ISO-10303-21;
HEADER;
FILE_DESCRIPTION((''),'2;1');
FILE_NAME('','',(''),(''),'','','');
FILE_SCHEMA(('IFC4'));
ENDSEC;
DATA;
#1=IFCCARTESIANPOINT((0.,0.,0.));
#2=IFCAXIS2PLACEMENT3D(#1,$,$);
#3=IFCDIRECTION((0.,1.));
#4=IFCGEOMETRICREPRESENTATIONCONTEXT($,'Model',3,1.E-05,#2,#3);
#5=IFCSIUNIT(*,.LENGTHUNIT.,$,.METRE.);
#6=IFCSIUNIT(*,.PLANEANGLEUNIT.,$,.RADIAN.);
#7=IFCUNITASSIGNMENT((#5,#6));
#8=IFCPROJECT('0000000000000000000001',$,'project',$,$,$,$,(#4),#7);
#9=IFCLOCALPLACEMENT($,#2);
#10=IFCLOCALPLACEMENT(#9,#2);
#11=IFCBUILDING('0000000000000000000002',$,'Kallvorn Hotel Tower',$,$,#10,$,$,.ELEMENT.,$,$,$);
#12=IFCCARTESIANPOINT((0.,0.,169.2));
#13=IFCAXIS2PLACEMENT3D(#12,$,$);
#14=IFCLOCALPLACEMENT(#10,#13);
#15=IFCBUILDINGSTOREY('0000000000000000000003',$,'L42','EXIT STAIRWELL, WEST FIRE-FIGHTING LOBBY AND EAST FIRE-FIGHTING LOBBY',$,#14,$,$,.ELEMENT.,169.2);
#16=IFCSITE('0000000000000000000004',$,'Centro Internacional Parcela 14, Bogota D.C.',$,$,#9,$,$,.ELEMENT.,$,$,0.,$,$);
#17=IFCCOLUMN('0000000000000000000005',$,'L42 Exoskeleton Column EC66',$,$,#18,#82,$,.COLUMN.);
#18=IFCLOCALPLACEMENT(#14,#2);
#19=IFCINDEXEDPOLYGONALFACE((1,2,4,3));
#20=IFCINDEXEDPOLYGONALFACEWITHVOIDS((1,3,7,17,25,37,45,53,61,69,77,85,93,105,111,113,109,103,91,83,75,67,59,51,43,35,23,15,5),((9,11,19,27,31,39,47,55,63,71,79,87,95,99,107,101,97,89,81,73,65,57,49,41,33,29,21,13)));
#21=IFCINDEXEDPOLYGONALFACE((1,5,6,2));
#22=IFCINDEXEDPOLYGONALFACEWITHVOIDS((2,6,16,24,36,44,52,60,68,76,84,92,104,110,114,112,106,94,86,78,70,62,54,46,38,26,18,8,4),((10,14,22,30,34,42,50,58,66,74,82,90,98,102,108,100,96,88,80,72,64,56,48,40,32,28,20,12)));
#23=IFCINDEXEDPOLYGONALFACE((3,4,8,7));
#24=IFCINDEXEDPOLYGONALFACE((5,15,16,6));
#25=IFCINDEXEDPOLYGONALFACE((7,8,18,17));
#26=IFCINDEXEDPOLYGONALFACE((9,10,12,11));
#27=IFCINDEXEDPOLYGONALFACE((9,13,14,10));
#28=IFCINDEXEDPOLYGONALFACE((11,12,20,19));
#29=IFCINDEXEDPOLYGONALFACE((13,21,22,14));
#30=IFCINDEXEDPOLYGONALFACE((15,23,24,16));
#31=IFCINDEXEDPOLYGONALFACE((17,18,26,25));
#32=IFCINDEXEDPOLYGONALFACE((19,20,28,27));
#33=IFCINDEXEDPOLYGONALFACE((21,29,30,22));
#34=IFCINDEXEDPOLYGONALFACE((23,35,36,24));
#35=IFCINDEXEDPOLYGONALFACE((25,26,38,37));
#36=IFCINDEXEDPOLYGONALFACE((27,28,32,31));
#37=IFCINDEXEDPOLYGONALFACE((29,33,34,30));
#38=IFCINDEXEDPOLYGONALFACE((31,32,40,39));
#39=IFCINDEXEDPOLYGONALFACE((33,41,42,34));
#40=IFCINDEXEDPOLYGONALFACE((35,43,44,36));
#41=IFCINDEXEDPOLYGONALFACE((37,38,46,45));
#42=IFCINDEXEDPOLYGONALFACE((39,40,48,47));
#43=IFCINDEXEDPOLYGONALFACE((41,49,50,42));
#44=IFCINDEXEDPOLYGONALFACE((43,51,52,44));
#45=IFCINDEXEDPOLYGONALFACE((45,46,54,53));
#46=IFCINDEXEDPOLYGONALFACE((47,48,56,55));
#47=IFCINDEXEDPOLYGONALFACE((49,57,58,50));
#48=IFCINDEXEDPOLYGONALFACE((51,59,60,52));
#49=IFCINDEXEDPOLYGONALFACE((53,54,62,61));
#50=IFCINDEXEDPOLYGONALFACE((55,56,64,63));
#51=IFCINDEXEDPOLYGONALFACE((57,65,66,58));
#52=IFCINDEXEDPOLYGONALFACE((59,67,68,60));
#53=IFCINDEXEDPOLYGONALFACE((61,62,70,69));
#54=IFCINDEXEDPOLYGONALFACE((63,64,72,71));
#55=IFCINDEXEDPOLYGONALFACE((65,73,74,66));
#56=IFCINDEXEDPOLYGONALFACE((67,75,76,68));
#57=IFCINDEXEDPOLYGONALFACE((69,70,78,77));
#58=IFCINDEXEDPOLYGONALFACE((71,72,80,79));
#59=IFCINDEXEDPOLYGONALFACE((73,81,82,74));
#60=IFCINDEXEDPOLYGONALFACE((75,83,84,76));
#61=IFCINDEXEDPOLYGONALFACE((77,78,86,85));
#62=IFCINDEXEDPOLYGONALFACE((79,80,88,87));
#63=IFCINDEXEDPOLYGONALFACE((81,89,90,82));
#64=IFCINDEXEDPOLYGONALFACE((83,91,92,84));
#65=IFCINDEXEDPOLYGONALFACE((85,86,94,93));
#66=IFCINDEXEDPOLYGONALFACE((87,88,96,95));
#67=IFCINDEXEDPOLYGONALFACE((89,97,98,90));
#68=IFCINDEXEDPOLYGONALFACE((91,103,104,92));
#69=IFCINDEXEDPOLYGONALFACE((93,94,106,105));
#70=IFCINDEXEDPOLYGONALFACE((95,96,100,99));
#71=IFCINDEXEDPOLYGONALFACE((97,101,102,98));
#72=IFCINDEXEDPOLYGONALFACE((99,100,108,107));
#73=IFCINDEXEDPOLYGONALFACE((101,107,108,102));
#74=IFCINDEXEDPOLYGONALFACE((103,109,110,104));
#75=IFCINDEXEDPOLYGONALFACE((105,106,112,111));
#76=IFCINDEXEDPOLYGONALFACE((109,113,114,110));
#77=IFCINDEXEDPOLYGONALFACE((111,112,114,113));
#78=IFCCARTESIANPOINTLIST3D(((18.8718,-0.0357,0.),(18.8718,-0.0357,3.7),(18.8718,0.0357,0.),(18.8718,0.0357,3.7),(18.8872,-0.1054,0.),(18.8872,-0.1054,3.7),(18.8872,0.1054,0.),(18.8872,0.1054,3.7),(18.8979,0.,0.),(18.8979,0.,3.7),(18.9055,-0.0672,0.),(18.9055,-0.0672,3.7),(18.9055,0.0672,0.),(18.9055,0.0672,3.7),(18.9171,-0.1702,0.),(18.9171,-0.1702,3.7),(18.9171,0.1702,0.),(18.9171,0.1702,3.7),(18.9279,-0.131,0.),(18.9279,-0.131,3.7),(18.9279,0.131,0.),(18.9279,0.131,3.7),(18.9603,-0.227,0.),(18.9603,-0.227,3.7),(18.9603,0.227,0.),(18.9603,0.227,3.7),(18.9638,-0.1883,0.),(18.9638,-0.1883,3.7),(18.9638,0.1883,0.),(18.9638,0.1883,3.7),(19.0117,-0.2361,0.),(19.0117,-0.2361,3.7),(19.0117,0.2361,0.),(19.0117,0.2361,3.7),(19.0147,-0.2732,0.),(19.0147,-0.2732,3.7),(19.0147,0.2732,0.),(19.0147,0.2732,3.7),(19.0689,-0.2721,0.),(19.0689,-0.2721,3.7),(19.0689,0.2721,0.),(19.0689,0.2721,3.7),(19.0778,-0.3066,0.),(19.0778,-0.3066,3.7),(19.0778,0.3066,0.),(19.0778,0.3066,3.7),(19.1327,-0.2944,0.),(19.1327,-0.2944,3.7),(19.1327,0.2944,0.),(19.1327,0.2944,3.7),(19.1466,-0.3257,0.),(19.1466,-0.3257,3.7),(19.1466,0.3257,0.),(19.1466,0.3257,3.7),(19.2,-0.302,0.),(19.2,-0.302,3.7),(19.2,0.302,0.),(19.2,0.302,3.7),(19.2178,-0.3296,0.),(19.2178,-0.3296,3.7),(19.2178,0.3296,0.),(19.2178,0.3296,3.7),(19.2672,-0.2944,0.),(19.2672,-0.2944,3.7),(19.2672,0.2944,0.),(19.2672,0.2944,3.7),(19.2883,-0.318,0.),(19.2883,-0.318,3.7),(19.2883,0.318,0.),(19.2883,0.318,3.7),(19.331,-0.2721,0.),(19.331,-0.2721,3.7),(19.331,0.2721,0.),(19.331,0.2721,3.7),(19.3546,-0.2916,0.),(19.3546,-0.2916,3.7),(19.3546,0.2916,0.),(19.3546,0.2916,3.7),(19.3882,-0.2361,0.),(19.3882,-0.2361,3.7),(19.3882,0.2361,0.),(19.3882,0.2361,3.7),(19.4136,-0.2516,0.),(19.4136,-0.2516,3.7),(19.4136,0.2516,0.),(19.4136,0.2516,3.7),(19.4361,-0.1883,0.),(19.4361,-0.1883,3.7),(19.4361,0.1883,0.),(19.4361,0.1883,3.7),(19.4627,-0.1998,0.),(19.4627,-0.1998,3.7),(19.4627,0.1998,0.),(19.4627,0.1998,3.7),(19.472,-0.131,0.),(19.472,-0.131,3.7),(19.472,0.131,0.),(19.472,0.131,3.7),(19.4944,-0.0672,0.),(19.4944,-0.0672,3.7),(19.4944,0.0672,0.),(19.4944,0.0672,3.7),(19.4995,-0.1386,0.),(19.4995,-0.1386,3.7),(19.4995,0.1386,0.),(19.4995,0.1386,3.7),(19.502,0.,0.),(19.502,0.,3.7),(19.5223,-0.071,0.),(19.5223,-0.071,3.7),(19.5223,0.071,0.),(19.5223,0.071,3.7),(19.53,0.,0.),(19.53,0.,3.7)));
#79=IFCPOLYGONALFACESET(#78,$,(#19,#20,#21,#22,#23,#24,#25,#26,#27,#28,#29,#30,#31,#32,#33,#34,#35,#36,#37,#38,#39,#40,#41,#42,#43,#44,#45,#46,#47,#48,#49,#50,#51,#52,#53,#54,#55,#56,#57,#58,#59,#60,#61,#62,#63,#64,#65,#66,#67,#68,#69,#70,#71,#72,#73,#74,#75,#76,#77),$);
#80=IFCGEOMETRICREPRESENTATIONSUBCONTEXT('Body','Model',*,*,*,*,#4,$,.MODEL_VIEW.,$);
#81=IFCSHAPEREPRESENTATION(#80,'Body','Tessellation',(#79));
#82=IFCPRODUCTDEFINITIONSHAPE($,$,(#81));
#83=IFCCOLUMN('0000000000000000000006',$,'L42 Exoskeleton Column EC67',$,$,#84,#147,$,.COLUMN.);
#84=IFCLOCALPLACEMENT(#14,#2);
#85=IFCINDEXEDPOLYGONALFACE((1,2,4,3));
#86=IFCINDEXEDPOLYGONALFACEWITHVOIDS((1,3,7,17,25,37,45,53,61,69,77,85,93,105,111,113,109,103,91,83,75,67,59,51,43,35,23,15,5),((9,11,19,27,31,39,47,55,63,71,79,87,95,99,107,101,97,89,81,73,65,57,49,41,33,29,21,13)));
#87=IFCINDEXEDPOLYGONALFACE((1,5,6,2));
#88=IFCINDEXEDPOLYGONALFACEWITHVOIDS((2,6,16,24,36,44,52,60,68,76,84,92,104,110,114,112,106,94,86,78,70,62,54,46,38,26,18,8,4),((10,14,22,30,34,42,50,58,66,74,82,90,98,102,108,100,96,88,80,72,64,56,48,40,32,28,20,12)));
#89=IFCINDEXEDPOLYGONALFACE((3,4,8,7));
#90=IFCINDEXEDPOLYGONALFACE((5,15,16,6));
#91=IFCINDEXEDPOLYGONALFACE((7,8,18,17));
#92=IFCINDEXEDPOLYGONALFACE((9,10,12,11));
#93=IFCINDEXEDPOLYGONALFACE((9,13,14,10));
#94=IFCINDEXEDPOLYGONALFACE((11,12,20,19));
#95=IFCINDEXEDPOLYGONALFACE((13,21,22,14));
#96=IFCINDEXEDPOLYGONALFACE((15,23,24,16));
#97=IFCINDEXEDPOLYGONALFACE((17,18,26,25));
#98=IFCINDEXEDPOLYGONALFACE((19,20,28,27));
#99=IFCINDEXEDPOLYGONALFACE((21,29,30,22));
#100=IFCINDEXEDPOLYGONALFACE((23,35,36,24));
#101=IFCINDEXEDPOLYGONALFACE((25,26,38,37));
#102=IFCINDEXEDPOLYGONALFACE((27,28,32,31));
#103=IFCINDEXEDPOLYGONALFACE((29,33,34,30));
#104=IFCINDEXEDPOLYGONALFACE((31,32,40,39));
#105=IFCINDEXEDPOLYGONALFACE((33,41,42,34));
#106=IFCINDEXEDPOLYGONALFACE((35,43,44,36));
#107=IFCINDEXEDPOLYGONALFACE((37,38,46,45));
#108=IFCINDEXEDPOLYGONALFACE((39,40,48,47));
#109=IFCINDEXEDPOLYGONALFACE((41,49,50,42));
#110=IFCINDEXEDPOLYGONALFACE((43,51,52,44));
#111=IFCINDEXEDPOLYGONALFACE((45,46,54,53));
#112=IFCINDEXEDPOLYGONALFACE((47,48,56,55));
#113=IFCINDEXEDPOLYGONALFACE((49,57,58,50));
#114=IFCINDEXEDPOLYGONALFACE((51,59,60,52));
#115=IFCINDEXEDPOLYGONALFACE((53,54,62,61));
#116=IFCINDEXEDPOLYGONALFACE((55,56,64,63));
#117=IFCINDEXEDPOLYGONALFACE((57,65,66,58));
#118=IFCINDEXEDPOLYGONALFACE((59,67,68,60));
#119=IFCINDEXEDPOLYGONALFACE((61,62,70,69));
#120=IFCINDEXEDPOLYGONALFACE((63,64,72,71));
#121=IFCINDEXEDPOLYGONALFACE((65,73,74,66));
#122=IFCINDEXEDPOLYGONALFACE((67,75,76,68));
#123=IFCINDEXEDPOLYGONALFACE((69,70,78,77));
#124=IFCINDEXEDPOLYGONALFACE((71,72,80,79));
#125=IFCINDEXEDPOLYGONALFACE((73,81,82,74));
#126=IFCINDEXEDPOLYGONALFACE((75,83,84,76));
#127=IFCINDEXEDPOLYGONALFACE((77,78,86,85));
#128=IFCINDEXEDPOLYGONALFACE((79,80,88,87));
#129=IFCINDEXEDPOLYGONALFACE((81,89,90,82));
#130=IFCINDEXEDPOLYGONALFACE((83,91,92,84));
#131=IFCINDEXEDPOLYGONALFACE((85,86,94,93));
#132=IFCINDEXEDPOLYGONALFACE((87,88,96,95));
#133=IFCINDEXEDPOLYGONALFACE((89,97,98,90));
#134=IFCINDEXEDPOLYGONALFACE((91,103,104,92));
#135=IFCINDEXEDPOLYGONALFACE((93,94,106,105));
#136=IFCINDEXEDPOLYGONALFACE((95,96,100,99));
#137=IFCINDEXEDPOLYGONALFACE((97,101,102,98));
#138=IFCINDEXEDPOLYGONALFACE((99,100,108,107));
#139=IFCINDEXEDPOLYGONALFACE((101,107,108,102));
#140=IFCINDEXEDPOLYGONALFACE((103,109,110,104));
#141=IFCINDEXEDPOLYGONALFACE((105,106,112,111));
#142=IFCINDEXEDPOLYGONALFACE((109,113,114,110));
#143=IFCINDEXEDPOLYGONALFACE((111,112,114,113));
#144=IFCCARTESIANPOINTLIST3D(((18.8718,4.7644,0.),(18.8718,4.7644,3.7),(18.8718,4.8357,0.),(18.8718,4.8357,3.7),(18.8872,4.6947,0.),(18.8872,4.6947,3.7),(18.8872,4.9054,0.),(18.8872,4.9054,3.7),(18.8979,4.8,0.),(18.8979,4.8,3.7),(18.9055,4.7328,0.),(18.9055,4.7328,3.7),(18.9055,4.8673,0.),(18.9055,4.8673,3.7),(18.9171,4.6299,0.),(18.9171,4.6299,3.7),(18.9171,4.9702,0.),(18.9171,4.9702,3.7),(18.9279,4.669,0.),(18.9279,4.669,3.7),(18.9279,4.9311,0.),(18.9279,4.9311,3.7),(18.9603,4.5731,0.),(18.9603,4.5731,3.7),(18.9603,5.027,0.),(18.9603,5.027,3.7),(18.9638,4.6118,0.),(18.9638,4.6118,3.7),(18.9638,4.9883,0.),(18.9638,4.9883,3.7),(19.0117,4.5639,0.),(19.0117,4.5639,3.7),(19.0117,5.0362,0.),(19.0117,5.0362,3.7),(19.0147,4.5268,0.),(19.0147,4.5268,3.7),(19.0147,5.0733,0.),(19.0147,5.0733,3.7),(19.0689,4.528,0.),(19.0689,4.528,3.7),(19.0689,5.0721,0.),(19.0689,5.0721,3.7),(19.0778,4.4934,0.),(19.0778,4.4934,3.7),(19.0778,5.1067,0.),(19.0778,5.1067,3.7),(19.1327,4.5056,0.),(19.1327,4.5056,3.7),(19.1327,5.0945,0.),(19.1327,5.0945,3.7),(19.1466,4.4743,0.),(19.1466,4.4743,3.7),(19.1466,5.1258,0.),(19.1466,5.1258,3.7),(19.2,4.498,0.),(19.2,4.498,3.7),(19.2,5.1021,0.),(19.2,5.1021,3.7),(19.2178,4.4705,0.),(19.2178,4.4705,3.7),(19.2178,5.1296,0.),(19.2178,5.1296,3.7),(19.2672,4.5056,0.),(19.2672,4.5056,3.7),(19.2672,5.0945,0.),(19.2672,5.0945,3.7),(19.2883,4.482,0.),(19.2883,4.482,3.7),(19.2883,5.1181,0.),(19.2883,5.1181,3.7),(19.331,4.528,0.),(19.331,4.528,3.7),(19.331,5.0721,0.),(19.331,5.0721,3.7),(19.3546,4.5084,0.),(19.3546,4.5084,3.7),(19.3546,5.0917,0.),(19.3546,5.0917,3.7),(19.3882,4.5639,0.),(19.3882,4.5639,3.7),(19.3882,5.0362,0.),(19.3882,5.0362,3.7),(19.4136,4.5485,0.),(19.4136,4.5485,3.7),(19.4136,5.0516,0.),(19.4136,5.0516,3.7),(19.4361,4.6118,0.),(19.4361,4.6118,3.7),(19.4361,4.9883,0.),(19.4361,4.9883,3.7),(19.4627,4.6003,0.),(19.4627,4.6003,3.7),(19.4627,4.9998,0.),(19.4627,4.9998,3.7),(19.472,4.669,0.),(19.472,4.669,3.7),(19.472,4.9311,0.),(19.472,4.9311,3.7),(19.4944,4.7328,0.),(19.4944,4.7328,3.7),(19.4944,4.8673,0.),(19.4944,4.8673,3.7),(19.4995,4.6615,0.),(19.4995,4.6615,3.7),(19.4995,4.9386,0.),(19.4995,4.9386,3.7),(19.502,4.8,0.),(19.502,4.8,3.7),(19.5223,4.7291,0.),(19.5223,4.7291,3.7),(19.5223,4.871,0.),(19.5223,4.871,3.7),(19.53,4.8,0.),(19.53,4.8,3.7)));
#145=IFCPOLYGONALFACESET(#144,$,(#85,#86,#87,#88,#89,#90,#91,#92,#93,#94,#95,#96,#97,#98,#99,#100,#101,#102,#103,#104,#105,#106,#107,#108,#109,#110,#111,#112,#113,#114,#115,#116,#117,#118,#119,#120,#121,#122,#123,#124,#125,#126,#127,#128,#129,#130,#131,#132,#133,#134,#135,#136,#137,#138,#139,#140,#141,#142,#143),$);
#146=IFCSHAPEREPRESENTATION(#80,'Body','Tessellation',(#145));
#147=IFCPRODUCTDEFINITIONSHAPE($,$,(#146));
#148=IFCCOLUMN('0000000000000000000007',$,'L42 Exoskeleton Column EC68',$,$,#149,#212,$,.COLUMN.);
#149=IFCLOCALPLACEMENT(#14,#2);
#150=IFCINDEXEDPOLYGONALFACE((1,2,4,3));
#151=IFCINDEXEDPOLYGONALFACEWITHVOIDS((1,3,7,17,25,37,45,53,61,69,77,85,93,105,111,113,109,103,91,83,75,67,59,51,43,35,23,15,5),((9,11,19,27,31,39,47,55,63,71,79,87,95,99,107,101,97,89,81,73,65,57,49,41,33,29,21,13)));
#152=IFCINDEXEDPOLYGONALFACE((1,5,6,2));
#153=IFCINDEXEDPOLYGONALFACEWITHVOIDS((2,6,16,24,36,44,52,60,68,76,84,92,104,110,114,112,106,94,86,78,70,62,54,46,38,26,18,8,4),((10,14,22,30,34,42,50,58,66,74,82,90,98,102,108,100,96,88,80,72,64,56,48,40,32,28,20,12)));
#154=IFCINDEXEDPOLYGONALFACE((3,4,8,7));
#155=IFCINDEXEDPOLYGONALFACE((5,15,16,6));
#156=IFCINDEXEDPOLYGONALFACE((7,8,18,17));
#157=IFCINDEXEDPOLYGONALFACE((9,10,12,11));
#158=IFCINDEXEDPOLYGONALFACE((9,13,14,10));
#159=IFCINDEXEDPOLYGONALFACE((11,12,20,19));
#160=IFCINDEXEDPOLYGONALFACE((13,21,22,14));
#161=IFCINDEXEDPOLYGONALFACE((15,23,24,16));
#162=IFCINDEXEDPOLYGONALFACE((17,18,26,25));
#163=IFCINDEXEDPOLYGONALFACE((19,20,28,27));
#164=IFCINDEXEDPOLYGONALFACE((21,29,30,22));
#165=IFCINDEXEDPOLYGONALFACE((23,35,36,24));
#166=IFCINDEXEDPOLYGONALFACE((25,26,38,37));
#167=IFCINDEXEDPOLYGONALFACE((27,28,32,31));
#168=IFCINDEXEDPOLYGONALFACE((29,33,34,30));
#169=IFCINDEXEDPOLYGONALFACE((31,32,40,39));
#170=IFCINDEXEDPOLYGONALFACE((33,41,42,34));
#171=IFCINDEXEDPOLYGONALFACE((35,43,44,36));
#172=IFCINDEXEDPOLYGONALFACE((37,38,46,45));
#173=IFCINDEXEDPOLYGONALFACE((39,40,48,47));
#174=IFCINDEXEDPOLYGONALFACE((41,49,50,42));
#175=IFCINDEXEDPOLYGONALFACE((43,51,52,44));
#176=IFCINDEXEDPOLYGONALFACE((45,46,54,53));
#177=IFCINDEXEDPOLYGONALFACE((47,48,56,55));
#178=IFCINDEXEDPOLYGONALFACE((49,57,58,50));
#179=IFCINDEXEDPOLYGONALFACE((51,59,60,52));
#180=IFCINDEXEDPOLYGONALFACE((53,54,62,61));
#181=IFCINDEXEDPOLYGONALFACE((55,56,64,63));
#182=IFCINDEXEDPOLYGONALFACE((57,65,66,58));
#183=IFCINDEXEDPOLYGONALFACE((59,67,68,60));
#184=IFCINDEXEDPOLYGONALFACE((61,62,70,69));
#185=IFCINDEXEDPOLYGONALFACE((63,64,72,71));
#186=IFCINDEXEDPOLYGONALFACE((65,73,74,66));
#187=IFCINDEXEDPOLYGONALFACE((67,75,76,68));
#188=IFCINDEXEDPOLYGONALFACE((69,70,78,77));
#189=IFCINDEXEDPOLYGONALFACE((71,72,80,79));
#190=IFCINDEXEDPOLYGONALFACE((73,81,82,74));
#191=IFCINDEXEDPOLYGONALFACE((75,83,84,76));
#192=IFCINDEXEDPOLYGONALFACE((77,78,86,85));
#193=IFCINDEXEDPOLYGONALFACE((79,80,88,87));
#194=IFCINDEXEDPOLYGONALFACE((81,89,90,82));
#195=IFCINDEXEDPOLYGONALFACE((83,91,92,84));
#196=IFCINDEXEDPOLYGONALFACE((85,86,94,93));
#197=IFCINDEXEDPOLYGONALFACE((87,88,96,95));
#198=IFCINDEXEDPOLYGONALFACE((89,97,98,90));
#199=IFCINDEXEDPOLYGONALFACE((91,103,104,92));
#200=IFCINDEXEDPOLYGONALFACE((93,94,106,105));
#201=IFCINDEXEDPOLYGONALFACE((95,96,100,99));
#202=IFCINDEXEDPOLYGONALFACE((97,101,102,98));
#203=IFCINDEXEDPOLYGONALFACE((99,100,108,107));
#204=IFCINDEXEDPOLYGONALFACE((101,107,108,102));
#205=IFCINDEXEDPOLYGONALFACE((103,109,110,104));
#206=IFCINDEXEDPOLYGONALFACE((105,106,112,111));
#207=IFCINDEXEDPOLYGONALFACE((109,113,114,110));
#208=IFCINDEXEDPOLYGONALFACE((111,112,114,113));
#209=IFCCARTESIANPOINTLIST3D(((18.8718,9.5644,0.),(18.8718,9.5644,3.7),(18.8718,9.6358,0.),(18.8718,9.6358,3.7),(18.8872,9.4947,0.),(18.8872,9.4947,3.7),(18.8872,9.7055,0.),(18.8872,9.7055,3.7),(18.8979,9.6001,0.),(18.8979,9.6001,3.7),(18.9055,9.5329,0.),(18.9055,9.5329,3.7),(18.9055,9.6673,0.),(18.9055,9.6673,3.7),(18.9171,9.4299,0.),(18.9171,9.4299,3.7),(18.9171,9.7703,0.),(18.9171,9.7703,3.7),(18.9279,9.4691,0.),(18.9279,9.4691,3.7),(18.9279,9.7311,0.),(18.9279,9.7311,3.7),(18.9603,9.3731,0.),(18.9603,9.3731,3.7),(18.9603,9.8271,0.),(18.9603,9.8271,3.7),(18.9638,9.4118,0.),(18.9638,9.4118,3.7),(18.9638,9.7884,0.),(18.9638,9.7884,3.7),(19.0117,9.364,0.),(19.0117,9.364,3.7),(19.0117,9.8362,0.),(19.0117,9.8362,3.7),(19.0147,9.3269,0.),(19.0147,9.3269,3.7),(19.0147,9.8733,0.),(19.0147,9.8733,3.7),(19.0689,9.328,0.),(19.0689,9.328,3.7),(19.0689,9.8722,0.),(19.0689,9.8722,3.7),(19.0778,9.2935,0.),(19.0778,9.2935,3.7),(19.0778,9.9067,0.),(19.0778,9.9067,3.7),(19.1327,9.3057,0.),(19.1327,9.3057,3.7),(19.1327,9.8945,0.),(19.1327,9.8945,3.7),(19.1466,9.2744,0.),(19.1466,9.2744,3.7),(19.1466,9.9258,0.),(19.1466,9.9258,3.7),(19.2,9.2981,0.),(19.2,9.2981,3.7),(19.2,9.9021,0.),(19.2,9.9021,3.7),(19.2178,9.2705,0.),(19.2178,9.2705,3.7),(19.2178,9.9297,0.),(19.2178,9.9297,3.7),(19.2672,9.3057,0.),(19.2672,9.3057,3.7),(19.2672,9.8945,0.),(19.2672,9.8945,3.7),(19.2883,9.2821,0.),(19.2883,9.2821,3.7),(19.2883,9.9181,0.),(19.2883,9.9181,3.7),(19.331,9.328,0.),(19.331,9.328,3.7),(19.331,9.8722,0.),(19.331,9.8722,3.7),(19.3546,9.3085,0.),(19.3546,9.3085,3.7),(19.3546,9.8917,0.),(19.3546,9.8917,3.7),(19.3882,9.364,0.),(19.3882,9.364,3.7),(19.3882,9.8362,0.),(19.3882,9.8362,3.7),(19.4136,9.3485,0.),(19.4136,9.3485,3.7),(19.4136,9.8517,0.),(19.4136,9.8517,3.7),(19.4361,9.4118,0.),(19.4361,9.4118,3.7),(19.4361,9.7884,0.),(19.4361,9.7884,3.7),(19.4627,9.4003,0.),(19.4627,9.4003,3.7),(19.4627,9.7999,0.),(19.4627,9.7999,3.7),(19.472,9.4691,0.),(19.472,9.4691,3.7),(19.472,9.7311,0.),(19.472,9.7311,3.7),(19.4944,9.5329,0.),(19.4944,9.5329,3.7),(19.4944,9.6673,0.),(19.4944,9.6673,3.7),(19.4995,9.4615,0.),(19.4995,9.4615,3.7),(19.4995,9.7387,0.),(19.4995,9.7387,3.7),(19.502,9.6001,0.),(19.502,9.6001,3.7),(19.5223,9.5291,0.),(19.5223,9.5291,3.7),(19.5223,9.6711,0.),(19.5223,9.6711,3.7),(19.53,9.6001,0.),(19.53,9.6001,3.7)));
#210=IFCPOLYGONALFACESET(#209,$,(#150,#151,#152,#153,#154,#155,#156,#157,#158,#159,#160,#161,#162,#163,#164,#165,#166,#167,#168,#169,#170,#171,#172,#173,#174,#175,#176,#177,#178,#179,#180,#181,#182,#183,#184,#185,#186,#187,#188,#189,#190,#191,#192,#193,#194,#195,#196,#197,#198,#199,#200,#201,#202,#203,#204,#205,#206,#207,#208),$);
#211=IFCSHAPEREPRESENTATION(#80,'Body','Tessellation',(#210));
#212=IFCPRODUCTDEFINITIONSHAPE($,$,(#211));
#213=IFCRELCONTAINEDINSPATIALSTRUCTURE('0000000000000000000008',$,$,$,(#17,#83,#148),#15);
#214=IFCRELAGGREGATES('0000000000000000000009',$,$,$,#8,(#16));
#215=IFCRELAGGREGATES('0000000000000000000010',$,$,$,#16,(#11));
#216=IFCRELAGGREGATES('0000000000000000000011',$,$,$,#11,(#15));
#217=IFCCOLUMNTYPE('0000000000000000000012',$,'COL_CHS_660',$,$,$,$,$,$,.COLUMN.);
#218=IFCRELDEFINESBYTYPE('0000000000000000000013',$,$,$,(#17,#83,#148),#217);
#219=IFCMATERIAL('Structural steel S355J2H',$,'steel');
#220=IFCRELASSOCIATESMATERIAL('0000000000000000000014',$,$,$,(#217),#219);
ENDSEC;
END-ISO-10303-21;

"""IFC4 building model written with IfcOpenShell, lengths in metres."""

from ifc_helpers import new_model, si_unit, direction, frame, origin, origin_2d, place, context, subcontext, project, spatial, hollow_circle, extrude, material, material_profile, profile_set, type_object, element, save


model = new_model("IFC4")

# Units and contexts
model_context = context("Model", 3, precision=1e-05, world=origin(), true_north=direction((0.0, 1.0)))
body_context = subcontext(model_context, "Body", "Model", "MODEL_VIEW")
ifc_project = project(units=[si_unit("LENGTHUNIT", "METRE"), si_unit("PLANEANGLEUNIT", "RADIAN")], contexts=[model_context])

# Site, building, storey
site_placement = place(None, origin())
site = spatial("IfcSite", under=ifc_project, at=site_placement, Name="Centro Internacional Parcela 14, Bogota D.C.", CompositionType="ELEMENT", RefElevation=0.0)
building_placement = place(site_placement, origin())
building = spatial("IfcBuilding", under=site, at=building_placement, Name="Kallvorn Hotel Tower", CompositionType="ELEMENT")
storey_placement = place(building_placement, frame((0.0, 0.0, 169.2)))
storey = spatial("IfcBuildingStorey", under=building, at=storey_placement, Name="L42", Description="EXIT STAIRWELL, WEST FIRE-FIGHTING LOBBY AND EAST FIRE-FIGHTING LOBBY", CompositionType="ELEMENT", Elevation=169.2)

# Columns
ifc_material_1 = material(Name="Structural steel S355J2H", Category="steel")
ifc_material_profile_1 = material_profile(ifc_material_1, hollow_circle(Radius=0.3301, WallThickness=0.0281, at=origin_2d()), Name="CHS 660x28")
ifc_profile_set_1 = profile_set([ifc_material_profile_1], Name="Structural steel S355J2H")
column_type_1 = type_object("IfcColumnType", Name="COL_CHS_660", PredefinedType="COLUMN", material=ifc_profile_set_1)
for number, where, z_axis, x_axis, name in (
    (1, (19.2, 0.0, 0.0), (0.0, 0.0, 1.0), (1.0, 0.0, 0.0), "L42 Exoskeleton Column EC66"),
    (2, (19.2, 4.8, 0.0), (0.0, 0.0, 1.0), (1.0, 0.0, 0.0), "L42 Exoskeleton Column EC67"),
    (3, (19.2, 9.6001, 0.0), (0.0, 0.0, 1.0), (1.0, 0.0, 0.0), "L42 Exoskeleton Column EC68"),
):
    element("IfcColumn", number, at=place(storey_placement, frame(where, z_axis=z_axis, x_axis=x_axis)), inside=storey, type_object=column_type_1, Name=name, PredefinedType="COLUMN", context=body_context, shape_type="SweptSolid", body=[
        extrude(hollow_circle(Radius=0.3301, WallThickness=0.0281, at=origin_2d()), origin(), (0.0, 0.0, 1.0), 3.7),
    ])

save(model, "model.ifc")
